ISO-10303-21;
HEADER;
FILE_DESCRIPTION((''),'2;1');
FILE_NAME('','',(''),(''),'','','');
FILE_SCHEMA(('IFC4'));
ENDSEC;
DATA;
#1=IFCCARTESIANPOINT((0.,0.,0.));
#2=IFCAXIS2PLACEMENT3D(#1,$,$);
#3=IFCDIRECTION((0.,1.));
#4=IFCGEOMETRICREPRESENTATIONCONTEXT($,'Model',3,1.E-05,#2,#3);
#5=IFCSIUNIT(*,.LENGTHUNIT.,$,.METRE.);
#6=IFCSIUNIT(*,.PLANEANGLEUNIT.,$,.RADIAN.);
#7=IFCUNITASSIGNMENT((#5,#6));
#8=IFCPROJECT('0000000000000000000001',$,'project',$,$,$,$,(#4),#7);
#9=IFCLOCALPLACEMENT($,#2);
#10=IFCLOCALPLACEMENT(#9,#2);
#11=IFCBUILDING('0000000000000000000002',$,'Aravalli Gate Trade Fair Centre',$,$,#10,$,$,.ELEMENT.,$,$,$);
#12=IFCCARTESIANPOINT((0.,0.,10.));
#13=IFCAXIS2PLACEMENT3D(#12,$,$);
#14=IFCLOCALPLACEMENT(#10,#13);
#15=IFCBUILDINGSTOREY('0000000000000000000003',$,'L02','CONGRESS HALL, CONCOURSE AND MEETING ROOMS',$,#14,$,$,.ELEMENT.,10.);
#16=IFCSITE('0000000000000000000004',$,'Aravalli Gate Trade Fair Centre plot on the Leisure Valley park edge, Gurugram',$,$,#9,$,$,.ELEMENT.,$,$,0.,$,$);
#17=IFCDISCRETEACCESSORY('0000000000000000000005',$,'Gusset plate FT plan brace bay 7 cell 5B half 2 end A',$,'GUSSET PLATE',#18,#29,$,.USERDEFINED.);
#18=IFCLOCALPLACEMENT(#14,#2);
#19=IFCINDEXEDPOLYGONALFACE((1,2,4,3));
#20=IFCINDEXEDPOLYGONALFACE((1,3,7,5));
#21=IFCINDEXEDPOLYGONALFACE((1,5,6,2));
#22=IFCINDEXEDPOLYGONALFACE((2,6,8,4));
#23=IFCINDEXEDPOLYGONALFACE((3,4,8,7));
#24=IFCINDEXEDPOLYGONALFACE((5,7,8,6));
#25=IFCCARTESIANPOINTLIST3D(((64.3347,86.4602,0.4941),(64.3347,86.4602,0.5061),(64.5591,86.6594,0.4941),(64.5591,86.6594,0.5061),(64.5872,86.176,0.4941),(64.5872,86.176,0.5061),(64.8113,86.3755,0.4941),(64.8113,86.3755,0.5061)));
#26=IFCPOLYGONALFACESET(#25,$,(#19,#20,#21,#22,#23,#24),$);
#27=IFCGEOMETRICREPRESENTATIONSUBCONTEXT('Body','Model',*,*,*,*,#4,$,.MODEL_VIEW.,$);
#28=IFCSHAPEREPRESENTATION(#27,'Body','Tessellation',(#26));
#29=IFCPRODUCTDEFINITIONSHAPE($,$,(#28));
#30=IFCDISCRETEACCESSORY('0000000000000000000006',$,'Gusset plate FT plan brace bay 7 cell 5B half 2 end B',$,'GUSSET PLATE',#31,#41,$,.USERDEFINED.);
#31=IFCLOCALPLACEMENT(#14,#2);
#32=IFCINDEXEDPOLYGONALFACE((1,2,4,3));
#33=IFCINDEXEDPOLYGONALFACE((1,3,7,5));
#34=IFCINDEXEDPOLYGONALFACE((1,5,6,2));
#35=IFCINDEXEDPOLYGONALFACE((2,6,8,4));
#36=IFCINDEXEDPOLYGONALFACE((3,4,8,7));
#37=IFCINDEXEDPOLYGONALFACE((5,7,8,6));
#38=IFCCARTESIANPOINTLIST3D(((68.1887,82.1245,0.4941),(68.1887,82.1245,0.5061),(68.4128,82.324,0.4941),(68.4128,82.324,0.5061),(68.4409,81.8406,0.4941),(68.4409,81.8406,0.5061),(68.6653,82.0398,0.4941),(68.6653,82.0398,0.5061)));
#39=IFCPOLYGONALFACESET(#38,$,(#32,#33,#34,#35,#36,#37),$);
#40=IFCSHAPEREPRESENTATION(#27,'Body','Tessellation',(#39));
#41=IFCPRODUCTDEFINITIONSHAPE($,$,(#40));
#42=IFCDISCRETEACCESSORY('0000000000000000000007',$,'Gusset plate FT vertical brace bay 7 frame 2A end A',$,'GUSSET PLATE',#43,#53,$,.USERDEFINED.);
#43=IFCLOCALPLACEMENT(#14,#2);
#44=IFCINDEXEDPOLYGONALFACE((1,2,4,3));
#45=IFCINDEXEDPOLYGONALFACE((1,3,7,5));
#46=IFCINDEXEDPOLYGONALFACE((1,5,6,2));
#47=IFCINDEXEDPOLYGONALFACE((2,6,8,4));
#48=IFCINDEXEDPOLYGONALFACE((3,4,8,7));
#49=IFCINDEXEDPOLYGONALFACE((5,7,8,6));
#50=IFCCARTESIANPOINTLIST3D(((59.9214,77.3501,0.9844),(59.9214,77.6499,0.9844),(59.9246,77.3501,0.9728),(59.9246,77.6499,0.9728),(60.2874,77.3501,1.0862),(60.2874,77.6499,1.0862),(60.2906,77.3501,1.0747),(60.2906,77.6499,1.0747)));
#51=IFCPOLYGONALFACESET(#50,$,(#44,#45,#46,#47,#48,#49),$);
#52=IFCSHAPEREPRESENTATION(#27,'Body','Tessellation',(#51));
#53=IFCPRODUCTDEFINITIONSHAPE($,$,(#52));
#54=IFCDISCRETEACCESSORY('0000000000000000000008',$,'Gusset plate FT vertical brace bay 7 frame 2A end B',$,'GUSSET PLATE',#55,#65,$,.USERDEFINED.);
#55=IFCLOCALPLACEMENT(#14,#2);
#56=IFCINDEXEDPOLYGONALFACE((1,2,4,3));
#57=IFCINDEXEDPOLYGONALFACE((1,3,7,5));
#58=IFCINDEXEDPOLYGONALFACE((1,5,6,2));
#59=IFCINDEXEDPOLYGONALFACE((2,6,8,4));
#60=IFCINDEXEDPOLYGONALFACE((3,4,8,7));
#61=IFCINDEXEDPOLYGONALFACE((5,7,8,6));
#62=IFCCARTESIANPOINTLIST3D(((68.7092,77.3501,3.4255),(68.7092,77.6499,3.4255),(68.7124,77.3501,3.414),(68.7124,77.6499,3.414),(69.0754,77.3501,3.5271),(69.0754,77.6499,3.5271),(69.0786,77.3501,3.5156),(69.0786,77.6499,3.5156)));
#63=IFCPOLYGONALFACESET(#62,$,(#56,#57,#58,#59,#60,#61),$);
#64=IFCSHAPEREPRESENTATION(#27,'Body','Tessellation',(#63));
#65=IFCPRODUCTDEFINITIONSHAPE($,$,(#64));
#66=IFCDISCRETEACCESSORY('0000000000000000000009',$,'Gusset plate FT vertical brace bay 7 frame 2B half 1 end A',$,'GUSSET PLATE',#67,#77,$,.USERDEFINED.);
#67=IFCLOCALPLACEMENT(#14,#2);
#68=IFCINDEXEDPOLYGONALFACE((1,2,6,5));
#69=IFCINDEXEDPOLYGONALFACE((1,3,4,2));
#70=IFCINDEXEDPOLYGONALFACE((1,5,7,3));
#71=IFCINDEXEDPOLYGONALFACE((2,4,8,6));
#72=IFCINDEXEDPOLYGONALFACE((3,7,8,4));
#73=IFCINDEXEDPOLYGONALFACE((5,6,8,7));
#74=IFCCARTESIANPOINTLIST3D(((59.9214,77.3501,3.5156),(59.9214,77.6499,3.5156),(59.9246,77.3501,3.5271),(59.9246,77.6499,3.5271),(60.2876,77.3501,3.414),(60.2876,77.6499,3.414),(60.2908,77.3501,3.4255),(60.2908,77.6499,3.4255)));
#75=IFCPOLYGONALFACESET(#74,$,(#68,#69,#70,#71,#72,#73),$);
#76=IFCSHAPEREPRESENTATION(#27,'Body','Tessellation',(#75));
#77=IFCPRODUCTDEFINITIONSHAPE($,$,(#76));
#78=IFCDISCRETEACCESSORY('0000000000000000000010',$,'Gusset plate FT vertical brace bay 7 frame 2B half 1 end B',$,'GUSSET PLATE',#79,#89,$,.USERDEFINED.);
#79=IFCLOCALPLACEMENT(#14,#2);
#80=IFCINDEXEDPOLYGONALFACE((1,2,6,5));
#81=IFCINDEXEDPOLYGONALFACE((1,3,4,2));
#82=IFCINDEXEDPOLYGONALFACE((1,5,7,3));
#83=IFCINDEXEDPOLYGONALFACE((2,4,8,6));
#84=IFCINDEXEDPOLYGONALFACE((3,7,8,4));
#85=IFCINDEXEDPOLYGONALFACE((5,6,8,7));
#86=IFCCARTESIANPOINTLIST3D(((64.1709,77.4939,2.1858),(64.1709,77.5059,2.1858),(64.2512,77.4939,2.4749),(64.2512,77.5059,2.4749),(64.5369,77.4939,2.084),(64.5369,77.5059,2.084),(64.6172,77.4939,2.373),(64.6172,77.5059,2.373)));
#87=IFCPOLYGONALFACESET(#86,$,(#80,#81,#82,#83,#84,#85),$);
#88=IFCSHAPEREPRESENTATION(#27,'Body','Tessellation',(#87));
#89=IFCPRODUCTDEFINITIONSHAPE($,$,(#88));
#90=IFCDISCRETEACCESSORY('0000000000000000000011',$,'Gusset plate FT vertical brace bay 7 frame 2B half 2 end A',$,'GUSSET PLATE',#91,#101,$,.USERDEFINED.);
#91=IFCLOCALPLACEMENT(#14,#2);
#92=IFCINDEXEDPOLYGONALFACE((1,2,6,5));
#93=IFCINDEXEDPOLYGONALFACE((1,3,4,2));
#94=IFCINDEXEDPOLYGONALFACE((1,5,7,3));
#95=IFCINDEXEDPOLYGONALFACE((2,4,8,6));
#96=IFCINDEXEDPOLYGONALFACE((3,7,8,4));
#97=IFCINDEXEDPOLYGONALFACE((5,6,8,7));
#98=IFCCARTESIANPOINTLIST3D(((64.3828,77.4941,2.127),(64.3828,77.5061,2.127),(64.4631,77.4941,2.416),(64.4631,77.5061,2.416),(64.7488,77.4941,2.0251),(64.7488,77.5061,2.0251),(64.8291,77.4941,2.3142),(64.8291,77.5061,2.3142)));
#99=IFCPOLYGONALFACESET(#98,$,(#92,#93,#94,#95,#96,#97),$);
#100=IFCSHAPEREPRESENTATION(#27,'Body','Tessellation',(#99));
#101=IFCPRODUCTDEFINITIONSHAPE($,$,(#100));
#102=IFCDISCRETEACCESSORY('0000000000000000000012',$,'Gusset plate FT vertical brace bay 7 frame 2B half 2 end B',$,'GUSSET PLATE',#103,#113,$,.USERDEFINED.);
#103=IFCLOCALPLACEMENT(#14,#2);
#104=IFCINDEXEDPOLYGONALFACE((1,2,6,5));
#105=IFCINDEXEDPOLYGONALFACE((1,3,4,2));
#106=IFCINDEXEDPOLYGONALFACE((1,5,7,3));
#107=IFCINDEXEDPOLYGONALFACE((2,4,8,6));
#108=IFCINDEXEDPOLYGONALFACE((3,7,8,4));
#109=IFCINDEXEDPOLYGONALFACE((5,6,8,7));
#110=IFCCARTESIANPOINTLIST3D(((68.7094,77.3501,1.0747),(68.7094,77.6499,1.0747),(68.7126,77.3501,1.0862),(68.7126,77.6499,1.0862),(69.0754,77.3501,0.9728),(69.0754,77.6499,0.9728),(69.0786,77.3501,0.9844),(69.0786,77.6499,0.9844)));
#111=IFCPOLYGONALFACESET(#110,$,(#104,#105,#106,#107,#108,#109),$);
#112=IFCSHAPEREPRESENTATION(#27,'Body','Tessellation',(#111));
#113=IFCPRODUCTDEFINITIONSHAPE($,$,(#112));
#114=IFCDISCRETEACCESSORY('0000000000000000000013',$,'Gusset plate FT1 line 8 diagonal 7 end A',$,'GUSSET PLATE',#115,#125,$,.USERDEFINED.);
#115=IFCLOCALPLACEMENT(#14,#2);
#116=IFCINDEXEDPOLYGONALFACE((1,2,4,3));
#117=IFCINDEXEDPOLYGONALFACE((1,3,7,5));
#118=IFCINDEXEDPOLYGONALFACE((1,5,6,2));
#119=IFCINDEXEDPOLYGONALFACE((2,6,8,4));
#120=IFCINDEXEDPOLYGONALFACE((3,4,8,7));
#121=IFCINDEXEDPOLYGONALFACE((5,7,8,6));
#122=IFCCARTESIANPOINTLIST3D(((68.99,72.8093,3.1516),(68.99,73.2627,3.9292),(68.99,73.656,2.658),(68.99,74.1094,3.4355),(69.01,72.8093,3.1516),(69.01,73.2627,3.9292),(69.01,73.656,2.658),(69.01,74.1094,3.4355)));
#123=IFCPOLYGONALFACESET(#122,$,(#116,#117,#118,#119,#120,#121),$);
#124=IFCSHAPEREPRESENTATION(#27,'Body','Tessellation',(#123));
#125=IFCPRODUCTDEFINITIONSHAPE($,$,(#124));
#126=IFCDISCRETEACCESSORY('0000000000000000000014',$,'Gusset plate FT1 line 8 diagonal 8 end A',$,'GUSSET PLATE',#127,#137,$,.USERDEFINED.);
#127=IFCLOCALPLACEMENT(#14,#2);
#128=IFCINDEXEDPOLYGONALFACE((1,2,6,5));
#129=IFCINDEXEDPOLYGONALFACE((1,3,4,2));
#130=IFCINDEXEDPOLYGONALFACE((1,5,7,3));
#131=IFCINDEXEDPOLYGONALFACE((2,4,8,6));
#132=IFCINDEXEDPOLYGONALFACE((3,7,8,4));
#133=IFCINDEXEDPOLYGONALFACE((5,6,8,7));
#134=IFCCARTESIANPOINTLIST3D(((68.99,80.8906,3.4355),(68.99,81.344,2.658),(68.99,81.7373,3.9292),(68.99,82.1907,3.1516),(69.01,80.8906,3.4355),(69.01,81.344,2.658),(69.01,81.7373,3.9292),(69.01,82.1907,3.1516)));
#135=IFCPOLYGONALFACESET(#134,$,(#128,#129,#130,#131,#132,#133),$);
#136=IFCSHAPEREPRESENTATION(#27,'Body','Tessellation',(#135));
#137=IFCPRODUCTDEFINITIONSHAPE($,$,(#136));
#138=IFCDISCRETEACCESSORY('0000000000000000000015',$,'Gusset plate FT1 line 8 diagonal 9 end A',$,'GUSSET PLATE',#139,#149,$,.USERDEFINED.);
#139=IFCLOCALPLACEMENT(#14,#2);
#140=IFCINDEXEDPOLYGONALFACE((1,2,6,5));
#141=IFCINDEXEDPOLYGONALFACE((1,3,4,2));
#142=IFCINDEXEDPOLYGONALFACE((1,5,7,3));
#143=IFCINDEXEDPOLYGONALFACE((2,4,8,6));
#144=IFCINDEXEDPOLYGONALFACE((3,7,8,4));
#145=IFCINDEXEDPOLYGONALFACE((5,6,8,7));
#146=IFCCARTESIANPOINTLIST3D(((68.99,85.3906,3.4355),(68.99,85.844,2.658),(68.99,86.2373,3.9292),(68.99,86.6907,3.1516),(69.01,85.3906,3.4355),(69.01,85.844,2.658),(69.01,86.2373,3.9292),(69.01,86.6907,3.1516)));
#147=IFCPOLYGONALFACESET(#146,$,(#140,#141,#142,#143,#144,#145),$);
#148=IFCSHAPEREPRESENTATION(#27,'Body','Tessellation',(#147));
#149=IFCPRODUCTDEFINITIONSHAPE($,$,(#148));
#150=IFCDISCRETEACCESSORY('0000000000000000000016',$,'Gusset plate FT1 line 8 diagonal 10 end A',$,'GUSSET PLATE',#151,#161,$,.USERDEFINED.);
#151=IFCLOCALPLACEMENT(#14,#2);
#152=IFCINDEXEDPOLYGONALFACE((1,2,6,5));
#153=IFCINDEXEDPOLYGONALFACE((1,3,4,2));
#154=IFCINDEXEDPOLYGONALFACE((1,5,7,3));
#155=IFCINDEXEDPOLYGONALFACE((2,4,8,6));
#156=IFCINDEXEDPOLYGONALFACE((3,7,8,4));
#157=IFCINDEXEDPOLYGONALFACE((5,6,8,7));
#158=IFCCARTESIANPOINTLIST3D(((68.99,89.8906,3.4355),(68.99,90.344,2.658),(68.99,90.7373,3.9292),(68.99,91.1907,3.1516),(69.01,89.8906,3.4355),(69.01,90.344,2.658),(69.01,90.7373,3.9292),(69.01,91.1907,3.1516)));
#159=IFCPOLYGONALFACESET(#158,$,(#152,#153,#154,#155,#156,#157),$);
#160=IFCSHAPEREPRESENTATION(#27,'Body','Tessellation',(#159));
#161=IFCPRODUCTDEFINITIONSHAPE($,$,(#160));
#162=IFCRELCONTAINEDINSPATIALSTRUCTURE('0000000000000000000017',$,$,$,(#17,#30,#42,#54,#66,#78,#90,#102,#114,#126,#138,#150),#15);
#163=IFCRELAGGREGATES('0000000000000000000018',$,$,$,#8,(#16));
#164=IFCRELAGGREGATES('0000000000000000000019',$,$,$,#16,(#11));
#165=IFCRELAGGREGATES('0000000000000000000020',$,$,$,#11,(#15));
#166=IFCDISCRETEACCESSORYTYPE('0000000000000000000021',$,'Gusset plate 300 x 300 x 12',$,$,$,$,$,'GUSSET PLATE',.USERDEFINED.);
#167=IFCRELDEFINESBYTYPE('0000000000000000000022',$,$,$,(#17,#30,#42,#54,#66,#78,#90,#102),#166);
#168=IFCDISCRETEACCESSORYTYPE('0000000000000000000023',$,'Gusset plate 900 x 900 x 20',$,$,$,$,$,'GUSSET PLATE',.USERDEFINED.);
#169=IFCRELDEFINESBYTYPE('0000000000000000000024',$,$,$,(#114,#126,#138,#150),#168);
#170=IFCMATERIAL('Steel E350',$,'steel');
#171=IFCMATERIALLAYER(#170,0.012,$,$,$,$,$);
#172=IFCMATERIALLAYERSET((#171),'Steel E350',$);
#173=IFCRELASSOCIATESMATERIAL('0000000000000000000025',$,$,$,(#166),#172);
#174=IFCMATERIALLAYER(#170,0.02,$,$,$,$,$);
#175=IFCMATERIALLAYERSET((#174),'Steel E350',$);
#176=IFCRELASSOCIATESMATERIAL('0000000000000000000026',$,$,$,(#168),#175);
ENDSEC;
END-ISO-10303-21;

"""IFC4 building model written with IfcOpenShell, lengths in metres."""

from ifc_helpers import new_model, si_unit, direction, frame, origin, place, context, subcontext, project, spatial, polyline, outline, extrude, material, layer, layer_set, type_object, element, save


model = new_model("IFC4")

# Units and contexts
model_context = context("Model", 3, precision=1e-05, world=origin(), true_north=direction((0.0, 1.0)))
body_context = subcontext(model_context, "Body", "Model", "MODEL_VIEW")
ifc_project = project(units=[si_unit("LENGTHUNIT", "METRE"), si_unit("PLANEANGLEUNIT", "RADIAN")], contexts=[model_context])

# Site, building, storey
site_placement = place(None, origin())
site = spatial("IfcSite", under=ifc_project, at=site_placement, Name="Aravalli Gate Trade Fair Centre plot on the Leisure Valley park edge, Gurugram", CompositionType="ELEMENT", RefElevation=0.0)
building_placement = place(site_placement, origin())
building = spatial("IfcBuilding", under=site, at=building_placement, Name="Aravalli Gate Trade Fair Centre", CompositionType="ELEMENT")
storey_placement = place(building_placement, frame((0.0, 0.0, 10.0)))
storey = spatial("IfcBuildingStorey", under=building, at=storey_placement, Name="L02", Description="CONGRESS HALL, CONCOURSE AND MEETING ROOMS", CompositionType="ELEMENT", Elevation=10.0)

# Shared definitions
ifc_material = material(Name="Steel E350", Category="steel")

# Discrete accessories
ifc_layer_1 = layer(ifc_material, 0.012)
ifc_layer_set_1 = layer_set([ifc_layer_1], Name="Steel E350")
discrete_accessory_type_1 = type_object("IfcDiscreteAccessoryType", Name="Gusset plate 300 x 300 x 12", ElementType="GUSSET PLATE", PredefinedType="USERDEFINED", material=ifc_layer_set_1)
discrete_accessory_1_placement = place(storey_placement, frame((64.5872, 86.176, 0.5061), z_axis=(0.0, 0.0, 1.0), x_axis=(-0.664125, 0.747622, 0.0)))
element("IfcDiscreteAccessory", 1, at=discrete_accessory_1_placement, inside=storey, type_object=discrete_accessory_type_1, Name="Gusset plate FT plan brace bay 7 cell 5B half 2 end A", ObjectType="GUSSET PLATE", PredefinedType="USERDEFINED", context=body_context, shape_type="SweptSolid", body=[
    extrude(outline(polyline([(0.0, 0.0), (0.3801, 0.0), (0.38, -0.3), (0.0003, -0.3), (0.0, 0.0)])), origin(), (0.0, 0.0, -1.0), 0.012),
])
discrete_accessory_2_placement = place(storey_placement, frame((68.1887, 82.1245, 0.5061), z_axis=(0.0, 0.0, 1.0), x_axis=(0.664084, -0.747658, 0.0)))
element("IfcDiscreteAccessory", 2, at=discrete_accessory_2_placement, inside=storey, type_object=discrete_accessory_type_1, Name="Gusset plate FT plan brace bay 7 cell 5B half 2 end B", ObjectType="GUSSET PLATE", PredefinedType="USERDEFINED", context=body_context, shape_type="SweptSolid", body=[
    extrude(outline(polyline([(0.0, 0.0), (0.3798, 0.0), (0.3798, 0.3), (-0.0003, 0.3), (0.0, 0.0)])), origin(), (0.0, 0.0, -1.0), 0.012),
])
discrete_accessory_3_placement = place(storey_placement, frame((60.2874, 77.3501, 1.0862), z_axis=(-0.268008, 0.0, 0.963417), x_axis=(-0.963417, 0.0, -0.268008)))
element("IfcDiscreteAccessory", 3, at=discrete_accessory_3_placement, inside=storey, type_object=discrete_accessory_type_1, Name="Gusset plate FT vertical brace bay 7 frame 2A end A", ObjectType="GUSSET PLATE", PredefinedType="USERDEFINED", context=body_context, shape_type="SweptSolid", body=[
    extrude(outline(polyline([(0.0, 0.0), (0.3799, 0.0), (0.3799, -0.2998), (0.0, -0.2998), (0.0, 0.0)])), origin(), (0.0, 0.0, -1.0), 0.012),
])
discrete_accessory_4_placement = place(storey_placement, frame((68.7092, 77.3501, 3.4255), z_axis=(-0.267246, 0.0, 0.963628), x_axis=(0.963628, 0.0, 0.267246)))
element("IfcDiscreteAccessory", 4, at=discrete_accessory_4_placement, inside=storey, type_object=discrete_accessory_type_1, Name="Gusset plate FT vertical brace bay 7 frame 2A end B", ObjectType="GUSSET PLATE", PredefinedType="USERDEFINED", context=body_context, shape_type="SweptSolid", body=[
    extrude(outline(polyline([(0.0, 0.0), (0.38, 0.0), (0.38, 0.2998), (0.0, 0.2998), (0.0, 0.0)])), origin(), (0.0, 0.0, -1.0), 0.012),
])
discrete_accessory_5_placement = place(storey_placement, frame((60.2908, 77.3501, 3.4255), z_axis=(0.267246, 0.0, 0.963628), x_axis=(-0.963628, 0.0, 0.267246)))
element("IfcDiscreteAccessory", 5, at=discrete_accessory_5_placement, inside=storey, type_object=discrete_accessory_type_1, Name="Gusset plate FT vertical brace bay 7 frame 2B half 1 end A", ObjectType="GUSSET PLATE", PredefinedType="USERDEFINED", context=body_context, shape_type="SweptSolid", body=[
    extrude(outline(polyline([(0.0, 0.0), (0.38, 0.0), (0.38, -0.2998), (0.0, -0.2998), (0.0, 0.0)])), origin(), (0.0, 0.0, -1.0), 0.012),
])
discrete_accessory_6_placement = place(storey_placement, frame((64.1709, 77.4939, 2.1858), z_axis=(0.0, -1.0, 0.0), x_axis=(0.963417, 0.0, -0.268008)))
element("IfcDiscreteAccessory", 6, at=discrete_accessory_6_placement, inside=storey, type_object=discrete_accessory_type_1, Name="Gusset plate FT vertical brace bay 7 frame 2B half 1 end B", ObjectType="GUSSET PLATE", PredefinedType="USERDEFINED", context=body_context, shape_type="SweptSolid", body=[
    extrude(outline(polyline([(0.0, 0.0), (0.3799, 0.0), (0.3798, 0.3), (-0.0001, 0.3), (0.0, 0.0)])), origin(), (0.0, 0.0, -1.0), 0.012),
])
discrete_accessory_7_placement = place(storey_placement, frame((64.7488, 77.5061, 2.0251), z_axis=(0.0, 1.0, 0.0), x_axis=(-0.963417, 0.0, 0.268008)))
element("IfcDiscreteAccessory", 7, at=discrete_accessory_7_placement, inside=storey, type_object=discrete_accessory_type_1, Name="Gusset plate FT vertical brace bay 7 frame 2B half 2 end A", ObjectType="GUSSET PLATE", PredefinedType="USERDEFINED", context=body_context, shape_type="SweptSolid", body=[
    extrude(outline(polyline([(0.0, 0.0), (0.3799, 0.0), (0.38, 0.3), (0.0001, 0.3), (0.0, 0.0)])), origin(), (0.0, 0.0, -1.0), 0.012),
])
discrete_accessory_8_placement = place(storey_placement, frame((68.7126, 77.3501, 1.0862), z_axis=(0.268008, 0.0, 0.963417), x_axis=(0.963417, 0.0, -0.268008)))
element("IfcDiscreteAccessory", 8, at=discrete_accessory_8_placement, inside=storey, type_object=discrete_accessory_type_1, Name="Gusset plate FT vertical brace bay 7 frame 2B half 2 end B", ObjectType="GUSSET PLATE", PredefinedType="USERDEFINED", context=body_context, shape_type="SweptSolid", body=[
    extrude(outline(polyline([(0.0, 0.0), (0.3799, 0.0), (0.3799, 0.2998), (0.0, 0.2998), (0.0, 0.0)])), origin(), (0.0, 0.0, -1.0), 0.012),
])
ifc_layer_2 = layer(ifc_material, 0.02)
ifc_layer_set_2 = layer_set([ifc_layer_2], Name="Steel E350")
discrete_accessory_type_2 = type_object("IfcDiscreteAccessoryType", Name="Gusset plate 900 x 900 x 20", ElementType="GUSSET PLATE", PredefinedType="USERDEFINED", material=ifc_layer_set_2)
discrete_accessory_9_placement = place(storey_placement, frame((68.99, 73.656, 2.658), z_axis=(-1.0, 0.0, 0.0), x_axis=(0.0, -0.863887, 0.503685)))
element("IfcDiscreteAccessory", 9, at=discrete_accessory_9_placement, inside=storey, type_object=discrete_accessory_type_2, Name="Gusset plate FT1 line 8 diagonal 7 end A", ObjectType="GUSSET PLATE", PredefinedType="USERDEFINED", context=body_context, shape_type="SweptSolid", body=[
    extrude(outline(polyline([(0.0, 0.0), (0.9801, 0.0), (0.9801, 0.9001), (0.0, 0.9001), (0.0, 0.0)])), origin(), (0.0, 0.0, -1.0), 0.02),
])
for number, where, z_axis, x_axis, name in (
    (10, (68.99, 80.8906, 3.4355), (-1.0, 0.0, 0.0), (0.0, 0.863887, 0.503685), "Gusset plate FT1 line 8 diagonal 8 end A"),
    (11, (68.99, 85.3906, 3.4355), (-1.0, 0.0, 0.0), (0.0, 0.863887, 0.503685), "Gusset plate FT1 line 8 diagonal 9 end A"),
    (12, (68.99, 89.8906, 3.4355), (-1.0, 0.0, 0.0), (0.0, 0.863887, 0.503685), "Gusset plate FT1 line 8 diagonal 10 end A"),
):
    element("IfcDiscreteAccessory", number, at=place(storey_placement, frame(where, z_axis=z_axis, x_axis=x_axis)), inside=storey, type_object=discrete_accessory_type_2, Name=name, ObjectType="GUSSET PLATE", PredefinedType="USERDEFINED", context=body_context, shape_type="SweptSolid", body=[
        extrude(outline(polyline([(0.0, 0.0), (0.9801, 0.0), (0.9801, 0.9001), (0.0, 0.9001), (0.0, 0.0)])), origin(), (0.0, 0.0, -1.0), 0.02),
    ])

save(model, "model.ifc")
